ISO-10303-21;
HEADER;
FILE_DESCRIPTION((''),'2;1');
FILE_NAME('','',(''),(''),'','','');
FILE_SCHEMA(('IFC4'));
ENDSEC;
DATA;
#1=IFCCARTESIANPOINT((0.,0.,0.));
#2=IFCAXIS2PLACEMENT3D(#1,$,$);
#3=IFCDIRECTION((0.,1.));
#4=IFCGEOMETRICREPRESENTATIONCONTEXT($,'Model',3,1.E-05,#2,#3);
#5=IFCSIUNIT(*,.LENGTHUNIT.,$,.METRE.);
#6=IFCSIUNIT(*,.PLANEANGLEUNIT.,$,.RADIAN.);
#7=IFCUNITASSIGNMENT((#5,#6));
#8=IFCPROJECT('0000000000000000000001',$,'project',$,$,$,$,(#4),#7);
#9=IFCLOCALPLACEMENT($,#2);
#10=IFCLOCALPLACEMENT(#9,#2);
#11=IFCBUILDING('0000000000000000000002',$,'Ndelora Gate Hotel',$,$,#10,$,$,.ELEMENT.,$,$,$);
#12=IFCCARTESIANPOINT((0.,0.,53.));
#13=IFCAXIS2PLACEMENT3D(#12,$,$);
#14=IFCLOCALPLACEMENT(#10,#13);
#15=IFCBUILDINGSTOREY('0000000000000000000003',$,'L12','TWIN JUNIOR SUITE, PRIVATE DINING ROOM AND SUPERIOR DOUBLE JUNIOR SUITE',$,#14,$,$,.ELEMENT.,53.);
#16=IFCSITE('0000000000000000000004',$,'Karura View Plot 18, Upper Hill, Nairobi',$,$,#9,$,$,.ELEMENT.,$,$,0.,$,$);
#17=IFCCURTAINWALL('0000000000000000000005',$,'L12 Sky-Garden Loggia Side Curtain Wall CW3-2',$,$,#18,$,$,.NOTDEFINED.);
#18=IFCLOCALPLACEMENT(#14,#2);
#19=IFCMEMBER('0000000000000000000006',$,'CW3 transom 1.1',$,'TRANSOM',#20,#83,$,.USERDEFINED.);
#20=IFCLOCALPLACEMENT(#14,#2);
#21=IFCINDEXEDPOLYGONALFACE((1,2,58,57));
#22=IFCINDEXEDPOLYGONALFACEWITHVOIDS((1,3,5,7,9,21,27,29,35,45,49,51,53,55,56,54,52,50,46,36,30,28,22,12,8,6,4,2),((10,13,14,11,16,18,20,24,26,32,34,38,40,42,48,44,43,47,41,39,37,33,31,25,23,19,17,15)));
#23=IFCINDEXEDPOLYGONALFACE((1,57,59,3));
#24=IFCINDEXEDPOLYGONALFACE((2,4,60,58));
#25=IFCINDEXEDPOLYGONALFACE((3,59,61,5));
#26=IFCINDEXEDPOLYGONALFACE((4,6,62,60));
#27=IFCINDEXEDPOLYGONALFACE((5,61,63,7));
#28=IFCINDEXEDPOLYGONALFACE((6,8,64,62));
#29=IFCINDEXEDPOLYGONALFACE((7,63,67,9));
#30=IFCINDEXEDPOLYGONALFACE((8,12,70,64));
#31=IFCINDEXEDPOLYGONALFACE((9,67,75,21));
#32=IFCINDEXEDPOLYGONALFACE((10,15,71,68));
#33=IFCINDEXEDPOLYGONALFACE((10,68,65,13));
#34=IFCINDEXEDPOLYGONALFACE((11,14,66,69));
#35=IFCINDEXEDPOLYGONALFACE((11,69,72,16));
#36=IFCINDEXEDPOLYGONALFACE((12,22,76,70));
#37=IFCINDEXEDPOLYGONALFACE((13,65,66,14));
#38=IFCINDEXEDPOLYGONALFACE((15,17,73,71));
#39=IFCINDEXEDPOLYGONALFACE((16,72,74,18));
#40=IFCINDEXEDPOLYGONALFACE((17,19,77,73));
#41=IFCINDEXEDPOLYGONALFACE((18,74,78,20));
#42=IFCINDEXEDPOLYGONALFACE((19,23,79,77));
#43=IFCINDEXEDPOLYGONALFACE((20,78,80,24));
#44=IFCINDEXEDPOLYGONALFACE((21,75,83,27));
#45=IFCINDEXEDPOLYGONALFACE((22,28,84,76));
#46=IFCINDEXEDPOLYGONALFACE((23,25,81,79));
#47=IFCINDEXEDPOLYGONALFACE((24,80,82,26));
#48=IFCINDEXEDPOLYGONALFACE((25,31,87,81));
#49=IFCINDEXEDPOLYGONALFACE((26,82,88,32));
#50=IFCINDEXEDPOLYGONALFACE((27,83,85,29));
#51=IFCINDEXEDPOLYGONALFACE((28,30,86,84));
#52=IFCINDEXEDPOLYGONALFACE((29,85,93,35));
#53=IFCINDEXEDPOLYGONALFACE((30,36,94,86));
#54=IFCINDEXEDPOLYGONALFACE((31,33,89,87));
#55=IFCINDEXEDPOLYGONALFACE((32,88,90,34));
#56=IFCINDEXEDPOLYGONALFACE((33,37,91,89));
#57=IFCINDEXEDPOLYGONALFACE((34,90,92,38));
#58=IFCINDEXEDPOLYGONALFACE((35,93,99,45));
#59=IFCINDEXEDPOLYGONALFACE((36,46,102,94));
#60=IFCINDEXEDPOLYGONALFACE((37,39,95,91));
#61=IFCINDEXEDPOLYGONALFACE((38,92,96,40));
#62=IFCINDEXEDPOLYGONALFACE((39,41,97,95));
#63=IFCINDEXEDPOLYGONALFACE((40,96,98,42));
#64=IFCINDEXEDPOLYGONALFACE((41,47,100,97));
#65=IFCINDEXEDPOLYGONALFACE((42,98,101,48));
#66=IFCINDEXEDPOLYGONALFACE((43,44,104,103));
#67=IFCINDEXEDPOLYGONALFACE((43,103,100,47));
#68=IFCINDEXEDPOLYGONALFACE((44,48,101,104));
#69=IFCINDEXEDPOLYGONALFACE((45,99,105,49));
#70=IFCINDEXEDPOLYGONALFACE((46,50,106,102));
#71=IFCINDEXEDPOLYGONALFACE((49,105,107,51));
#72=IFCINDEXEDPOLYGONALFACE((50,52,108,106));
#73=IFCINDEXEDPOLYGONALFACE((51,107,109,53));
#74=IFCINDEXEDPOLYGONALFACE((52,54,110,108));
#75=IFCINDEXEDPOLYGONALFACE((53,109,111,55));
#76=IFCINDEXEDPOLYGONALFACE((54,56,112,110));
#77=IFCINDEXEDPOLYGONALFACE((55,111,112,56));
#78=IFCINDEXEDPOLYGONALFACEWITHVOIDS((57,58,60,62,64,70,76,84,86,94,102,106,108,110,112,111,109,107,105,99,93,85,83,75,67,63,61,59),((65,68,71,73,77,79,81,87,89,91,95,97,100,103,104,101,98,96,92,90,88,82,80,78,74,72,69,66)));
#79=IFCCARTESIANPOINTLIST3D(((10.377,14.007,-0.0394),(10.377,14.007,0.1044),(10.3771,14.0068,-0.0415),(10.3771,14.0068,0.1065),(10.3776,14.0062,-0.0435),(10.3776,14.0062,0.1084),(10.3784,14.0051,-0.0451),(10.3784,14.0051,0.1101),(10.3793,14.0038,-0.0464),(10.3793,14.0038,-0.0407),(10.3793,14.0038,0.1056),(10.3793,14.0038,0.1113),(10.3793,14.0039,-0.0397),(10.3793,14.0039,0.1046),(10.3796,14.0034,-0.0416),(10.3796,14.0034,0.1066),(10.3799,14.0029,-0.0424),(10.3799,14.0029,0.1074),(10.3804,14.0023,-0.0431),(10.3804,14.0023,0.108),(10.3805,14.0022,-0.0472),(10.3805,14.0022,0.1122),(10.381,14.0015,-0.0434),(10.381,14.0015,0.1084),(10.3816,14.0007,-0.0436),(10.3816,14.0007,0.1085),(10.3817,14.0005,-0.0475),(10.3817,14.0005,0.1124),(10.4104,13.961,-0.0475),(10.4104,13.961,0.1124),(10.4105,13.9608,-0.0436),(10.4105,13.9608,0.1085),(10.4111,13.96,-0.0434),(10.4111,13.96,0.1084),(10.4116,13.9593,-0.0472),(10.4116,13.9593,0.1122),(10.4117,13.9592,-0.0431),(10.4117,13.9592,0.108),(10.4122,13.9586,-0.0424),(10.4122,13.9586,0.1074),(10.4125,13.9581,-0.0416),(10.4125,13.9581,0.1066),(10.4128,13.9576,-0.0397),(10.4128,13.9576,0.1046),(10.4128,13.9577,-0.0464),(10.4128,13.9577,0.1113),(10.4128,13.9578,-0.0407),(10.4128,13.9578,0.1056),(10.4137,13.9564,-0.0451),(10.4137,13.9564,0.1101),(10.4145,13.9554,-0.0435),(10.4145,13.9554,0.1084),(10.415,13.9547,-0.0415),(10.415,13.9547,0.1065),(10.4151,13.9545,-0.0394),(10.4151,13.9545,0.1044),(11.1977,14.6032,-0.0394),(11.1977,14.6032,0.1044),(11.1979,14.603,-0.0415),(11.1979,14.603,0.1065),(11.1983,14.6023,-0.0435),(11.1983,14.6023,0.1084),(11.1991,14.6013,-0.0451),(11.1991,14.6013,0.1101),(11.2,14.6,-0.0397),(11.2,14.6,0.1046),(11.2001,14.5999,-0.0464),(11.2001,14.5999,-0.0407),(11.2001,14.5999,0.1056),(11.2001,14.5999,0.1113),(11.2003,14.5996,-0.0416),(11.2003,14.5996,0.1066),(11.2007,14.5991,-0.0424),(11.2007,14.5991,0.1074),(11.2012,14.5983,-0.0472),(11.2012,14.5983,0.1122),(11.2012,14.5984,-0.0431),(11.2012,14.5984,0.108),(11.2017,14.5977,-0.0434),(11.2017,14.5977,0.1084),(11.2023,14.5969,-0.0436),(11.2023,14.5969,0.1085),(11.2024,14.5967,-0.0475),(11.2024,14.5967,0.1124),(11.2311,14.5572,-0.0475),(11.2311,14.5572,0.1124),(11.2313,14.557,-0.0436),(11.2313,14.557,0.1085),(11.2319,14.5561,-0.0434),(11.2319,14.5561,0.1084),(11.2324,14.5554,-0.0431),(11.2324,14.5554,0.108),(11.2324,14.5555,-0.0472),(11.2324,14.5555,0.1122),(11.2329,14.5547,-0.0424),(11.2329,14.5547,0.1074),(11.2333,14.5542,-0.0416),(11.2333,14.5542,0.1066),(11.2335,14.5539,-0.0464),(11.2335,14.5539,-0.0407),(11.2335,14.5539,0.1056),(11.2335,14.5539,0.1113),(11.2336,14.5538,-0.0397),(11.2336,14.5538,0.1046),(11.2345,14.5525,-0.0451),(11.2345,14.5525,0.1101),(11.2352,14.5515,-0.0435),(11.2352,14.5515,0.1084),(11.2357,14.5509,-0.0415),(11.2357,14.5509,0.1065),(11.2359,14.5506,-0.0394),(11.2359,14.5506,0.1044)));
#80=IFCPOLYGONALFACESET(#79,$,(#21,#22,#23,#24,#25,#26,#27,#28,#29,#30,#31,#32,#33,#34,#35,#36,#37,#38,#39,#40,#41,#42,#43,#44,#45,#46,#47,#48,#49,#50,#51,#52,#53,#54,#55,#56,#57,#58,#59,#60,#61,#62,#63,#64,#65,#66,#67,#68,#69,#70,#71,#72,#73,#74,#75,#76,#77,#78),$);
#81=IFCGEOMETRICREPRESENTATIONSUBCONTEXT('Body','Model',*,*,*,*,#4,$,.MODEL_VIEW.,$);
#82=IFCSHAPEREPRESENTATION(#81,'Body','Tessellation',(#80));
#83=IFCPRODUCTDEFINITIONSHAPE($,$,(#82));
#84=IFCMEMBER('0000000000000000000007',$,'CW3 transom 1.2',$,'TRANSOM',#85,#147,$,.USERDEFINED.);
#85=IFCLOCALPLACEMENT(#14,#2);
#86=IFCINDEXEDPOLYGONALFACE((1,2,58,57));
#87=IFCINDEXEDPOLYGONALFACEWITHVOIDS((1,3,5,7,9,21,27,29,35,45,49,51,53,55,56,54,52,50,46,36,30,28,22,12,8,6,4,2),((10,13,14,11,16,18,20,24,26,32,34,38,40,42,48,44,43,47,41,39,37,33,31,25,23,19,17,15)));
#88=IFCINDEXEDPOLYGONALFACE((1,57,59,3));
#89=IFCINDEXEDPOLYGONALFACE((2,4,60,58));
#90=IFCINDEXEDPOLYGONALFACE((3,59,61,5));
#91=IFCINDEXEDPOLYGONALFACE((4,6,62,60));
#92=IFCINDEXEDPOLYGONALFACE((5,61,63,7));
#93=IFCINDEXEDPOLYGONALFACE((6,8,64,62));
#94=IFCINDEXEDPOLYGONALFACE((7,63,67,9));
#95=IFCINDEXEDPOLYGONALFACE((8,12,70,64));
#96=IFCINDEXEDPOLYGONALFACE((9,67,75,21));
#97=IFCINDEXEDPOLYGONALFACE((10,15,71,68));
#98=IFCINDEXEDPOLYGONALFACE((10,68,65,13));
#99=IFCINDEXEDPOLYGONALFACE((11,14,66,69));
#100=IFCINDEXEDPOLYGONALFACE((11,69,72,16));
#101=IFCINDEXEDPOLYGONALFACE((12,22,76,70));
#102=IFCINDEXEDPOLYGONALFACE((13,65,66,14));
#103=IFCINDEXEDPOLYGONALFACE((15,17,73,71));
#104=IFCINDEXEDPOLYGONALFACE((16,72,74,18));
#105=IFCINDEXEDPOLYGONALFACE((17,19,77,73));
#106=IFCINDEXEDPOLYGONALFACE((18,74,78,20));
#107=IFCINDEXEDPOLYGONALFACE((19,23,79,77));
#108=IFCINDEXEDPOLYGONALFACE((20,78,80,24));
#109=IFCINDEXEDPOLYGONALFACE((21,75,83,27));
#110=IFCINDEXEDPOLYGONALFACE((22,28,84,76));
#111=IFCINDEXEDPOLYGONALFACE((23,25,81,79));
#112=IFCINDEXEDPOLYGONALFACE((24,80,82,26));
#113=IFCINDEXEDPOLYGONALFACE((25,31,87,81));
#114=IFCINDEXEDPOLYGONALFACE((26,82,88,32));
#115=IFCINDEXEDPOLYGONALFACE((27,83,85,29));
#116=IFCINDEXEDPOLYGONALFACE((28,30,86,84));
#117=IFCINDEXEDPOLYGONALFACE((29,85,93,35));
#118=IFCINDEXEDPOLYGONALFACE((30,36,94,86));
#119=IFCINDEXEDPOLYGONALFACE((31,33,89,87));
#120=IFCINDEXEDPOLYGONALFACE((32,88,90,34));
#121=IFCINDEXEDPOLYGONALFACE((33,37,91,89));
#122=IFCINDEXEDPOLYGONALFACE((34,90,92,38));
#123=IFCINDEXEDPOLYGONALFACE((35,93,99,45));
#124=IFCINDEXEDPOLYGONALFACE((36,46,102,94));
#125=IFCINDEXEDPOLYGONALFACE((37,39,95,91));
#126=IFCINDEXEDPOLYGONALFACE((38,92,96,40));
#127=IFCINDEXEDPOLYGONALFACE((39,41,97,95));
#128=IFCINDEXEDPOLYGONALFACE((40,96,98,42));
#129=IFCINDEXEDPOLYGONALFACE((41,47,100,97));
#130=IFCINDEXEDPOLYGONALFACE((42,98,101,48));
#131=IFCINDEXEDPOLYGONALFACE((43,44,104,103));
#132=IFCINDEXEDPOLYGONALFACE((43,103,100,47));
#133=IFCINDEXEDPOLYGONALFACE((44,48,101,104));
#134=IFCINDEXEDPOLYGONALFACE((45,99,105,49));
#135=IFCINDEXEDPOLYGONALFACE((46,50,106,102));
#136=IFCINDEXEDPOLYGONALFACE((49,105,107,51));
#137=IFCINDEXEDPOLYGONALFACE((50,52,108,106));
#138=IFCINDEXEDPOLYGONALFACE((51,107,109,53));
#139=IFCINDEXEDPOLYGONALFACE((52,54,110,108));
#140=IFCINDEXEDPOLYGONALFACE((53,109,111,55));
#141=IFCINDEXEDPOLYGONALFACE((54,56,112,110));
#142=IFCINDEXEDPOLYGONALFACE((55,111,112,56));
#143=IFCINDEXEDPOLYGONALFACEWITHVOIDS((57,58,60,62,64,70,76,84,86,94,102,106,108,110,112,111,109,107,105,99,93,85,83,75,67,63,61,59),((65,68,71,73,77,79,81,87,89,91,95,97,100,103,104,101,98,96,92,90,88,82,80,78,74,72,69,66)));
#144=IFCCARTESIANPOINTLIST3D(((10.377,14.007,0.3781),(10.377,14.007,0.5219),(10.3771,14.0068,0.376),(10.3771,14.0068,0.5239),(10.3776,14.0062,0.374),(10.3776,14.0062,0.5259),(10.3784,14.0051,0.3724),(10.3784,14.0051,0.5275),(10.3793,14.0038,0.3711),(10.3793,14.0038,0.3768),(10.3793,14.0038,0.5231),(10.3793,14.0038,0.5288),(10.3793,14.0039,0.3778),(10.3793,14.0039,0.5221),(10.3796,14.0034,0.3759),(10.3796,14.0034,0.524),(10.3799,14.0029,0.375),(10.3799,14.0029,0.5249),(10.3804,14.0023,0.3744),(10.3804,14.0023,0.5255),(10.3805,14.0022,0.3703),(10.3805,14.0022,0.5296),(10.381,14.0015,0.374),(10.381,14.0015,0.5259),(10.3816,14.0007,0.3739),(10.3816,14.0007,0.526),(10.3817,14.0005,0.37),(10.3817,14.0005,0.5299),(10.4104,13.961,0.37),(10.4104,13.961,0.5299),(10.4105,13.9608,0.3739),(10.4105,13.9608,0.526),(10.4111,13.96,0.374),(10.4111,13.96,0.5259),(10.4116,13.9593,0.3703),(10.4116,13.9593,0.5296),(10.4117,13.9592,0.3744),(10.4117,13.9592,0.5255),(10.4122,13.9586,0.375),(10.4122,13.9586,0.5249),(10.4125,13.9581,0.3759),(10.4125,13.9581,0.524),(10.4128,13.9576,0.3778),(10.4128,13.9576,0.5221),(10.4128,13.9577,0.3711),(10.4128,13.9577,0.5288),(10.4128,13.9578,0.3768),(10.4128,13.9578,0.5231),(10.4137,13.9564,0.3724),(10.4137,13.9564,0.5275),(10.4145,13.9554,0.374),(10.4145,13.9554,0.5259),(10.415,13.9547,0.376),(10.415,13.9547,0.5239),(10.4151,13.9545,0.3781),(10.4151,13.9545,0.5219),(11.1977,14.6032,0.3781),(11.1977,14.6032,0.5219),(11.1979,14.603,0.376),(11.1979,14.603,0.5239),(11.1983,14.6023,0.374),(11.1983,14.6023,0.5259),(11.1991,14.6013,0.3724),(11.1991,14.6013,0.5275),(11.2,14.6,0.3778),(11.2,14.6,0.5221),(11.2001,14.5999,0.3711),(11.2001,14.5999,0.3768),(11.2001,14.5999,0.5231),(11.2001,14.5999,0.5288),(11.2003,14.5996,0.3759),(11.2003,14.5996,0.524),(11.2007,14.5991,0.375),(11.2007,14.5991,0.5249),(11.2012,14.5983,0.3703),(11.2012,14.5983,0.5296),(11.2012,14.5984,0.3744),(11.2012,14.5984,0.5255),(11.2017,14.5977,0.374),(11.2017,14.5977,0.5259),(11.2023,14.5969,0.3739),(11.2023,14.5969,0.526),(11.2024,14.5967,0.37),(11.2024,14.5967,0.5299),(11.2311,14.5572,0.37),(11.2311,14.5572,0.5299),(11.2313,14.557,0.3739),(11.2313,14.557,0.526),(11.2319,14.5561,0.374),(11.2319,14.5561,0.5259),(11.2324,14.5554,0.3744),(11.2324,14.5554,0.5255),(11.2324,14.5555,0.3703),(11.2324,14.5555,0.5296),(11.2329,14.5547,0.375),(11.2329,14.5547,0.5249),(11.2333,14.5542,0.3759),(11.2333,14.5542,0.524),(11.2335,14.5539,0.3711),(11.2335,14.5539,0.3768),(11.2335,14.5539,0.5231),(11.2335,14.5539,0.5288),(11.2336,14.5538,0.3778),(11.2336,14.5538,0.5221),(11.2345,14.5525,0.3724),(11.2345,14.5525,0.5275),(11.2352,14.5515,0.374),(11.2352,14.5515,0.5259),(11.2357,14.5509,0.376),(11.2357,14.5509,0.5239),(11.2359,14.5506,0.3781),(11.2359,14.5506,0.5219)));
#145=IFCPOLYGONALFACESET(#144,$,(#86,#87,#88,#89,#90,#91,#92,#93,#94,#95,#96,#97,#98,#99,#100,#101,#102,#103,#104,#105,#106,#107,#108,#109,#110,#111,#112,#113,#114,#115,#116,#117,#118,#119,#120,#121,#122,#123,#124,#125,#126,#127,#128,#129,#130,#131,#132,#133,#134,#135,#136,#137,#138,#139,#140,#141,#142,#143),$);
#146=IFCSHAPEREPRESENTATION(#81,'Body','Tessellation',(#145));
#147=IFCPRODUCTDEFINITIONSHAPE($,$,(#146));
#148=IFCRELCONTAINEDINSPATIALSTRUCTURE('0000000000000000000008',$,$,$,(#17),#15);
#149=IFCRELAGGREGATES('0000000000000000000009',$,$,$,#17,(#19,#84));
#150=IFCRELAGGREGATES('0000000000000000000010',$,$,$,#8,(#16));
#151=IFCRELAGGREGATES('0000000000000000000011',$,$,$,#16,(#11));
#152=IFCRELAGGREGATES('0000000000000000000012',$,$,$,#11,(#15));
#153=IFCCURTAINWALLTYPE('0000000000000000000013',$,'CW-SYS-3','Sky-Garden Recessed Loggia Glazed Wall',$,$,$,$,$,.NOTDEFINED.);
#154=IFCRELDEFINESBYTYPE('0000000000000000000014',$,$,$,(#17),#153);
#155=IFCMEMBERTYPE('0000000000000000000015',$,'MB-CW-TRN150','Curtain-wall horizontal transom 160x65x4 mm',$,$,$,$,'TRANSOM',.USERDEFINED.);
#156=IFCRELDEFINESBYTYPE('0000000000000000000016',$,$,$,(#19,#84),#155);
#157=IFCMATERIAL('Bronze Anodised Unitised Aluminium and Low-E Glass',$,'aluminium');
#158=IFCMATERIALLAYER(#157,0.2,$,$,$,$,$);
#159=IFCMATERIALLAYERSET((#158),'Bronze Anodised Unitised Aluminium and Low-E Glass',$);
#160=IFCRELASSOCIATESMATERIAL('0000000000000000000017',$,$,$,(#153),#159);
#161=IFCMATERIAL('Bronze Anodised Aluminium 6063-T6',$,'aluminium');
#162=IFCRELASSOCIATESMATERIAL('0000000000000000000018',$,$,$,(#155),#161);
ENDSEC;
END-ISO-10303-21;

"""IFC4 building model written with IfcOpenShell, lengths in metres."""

from ifc_helpers import new_model, si_unit, direction, frame, origin, origin_2d, place, context, subcontext, project, spatial, hollow_rectangle, extrude, material, layer, layer_set, material_profile, profile_set, type_object, element, aggregate, save


model = new_model("IFC4")

# Units and contexts
model_context = context("Model", 3, precision=1e-05, world=origin(), true_north=direction((0.0, 1.0)))
body_context = subcontext(model_context, "Body", "Model", "MODEL_VIEW")
ifc_project = project(units=[si_unit("LENGTHUNIT", "METRE"), si_unit("PLANEANGLEUNIT", "RADIAN")], contexts=[model_context])

# Site, building, storey
site_placement = place(None, origin())
site = spatial("IfcSite", under=ifc_project, at=site_placement, Name="Karura View Plot 18, Upper Hill, Nairobi", CompositionType="ELEMENT", RefElevation=0.0)
building_placement = place(site_placement, origin())
building = spatial("IfcBuilding", under=site, at=building_placement, Name="Ndelora Gate Hotel", CompositionType="ELEMENT")
storey_placement = place(building_placement, frame((0.0, 0.0, 53.0)))
storey = spatial("IfcBuildingStorey", under=building, at=storey_placement, Name="L12", Description="TWIN JUNIOR SUITE, PRIVATE DINING ROOM AND SUPERIOR DOUBLE JUNIOR SUITE", CompositionType="ELEMENT", Elevation=53.0)

# Curtain wall, members
ifc_material_1 = material(Name="Bronze Anodised Unitised Aluminium and Low-E Glass", Category="aluminium")
ifc_layer_1 = layer(ifc_material_1, 0.2)
ifc_layer_set_1 = layer_set([ifc_layer_1], Name="Bronze Anodised Unitised Aluminium and Low-E Glass")
curtain_wall_type = type_object("IfcCurtainWallType", Name="CW-SYS-3", Description="Sky-Garden Recessed Loggia Glazed Wall", PredefinedType="NOTDEFINED", material=ifc_layer_set_1)
curtain_wall_placement = place(storey_placement, origin())
curtain_wall = element("IfcCurtainWall", 1, at=curtain_wall_placement, inside=storey, type_object=curtain_wall_type, Name="L12 Sky-Garden Loggia Side Curtain Wall CW3-2", PredefinedType="NOTDEFINED")
ifc_material_2 = material(Name="Bronze Anodised Aluminium 6063-T6", Category="aluminium")
ifc_material_profile_1 = material_profile(ifc_material_2, hollow_rectangle(XDim=0.0649, YDim=0.1599, WallThickness=0.0039, InnerFilletRadius=0.0039, OuterFilletRadius=0.0081, at=origin_2d()), Name="ALU 160x65x4")
ifc_profile_set_1 = profile_set([ifc_material_profile_1], Name="Bronze Anodised Aluminium 6063-T6")
member_type_1 = type_object("IfcMemberType", Name="MB-CW-TRN150", Description="Curtain-wall horizontal transom 160x65x4 mm", ElementType="TRANSOM", PredefinedType="USERDEFINED", material=ifc_profile_set_1)
member_1_placement = place(storey_placement, frame((11.2168, 14.5769, 0.0325), z_axis=(-0.80909, -0.587685, 0.0), x_axis=(0.587685, -0.80909, 0.0)))
member_1 = element("IfcMember", 2, at=member_1_placement, type_object=member_type_1, Name="CW3 transom 1.1", ObjectType="TRANSOM", PredefinedType="USERDEFINED", context=body_context, shape_type="SweptSolid", body=[
    extrude(hollow_rectangle(XDim=0.0649, YDim=0.1599, WallThickness=0.0039, InnerFilletRadius=0.0039, OuterFilletRadius=0.0081, at=origin_2d()), origin(), (0.0, 0.0, 1.0), 1.0144),
])
member_2_placement = place(storey_placement, frame((11.2168, 14.5769, 0.45), z_axis=(-0.80909, -0.587685, 0.0), x_axis=(0.587685, -0.80909, 0.0)))
member_2 = element("IfcMember", 3, at=member_2_placement, type_object=member_type_1, Name="CW3 transom 1.2", ObjectType="TRANSOM", PredefinedType="USERDEFINED", context=body_context, shape_type="SweptSolid", body=[
    extrude(hollow_rectangle(XDim=0.0649, YDim=0.1599, WallThickness=0.0039, InnerFilletRadius=0.0039, OuterFilletRadius=0.0081, at=origin_2d()), origin(), (0.0, 0.0, 1.0), 1.0144),
])
aggregate(curtain_wall, [member_1, member_2])

save(model, "model.ifc")
